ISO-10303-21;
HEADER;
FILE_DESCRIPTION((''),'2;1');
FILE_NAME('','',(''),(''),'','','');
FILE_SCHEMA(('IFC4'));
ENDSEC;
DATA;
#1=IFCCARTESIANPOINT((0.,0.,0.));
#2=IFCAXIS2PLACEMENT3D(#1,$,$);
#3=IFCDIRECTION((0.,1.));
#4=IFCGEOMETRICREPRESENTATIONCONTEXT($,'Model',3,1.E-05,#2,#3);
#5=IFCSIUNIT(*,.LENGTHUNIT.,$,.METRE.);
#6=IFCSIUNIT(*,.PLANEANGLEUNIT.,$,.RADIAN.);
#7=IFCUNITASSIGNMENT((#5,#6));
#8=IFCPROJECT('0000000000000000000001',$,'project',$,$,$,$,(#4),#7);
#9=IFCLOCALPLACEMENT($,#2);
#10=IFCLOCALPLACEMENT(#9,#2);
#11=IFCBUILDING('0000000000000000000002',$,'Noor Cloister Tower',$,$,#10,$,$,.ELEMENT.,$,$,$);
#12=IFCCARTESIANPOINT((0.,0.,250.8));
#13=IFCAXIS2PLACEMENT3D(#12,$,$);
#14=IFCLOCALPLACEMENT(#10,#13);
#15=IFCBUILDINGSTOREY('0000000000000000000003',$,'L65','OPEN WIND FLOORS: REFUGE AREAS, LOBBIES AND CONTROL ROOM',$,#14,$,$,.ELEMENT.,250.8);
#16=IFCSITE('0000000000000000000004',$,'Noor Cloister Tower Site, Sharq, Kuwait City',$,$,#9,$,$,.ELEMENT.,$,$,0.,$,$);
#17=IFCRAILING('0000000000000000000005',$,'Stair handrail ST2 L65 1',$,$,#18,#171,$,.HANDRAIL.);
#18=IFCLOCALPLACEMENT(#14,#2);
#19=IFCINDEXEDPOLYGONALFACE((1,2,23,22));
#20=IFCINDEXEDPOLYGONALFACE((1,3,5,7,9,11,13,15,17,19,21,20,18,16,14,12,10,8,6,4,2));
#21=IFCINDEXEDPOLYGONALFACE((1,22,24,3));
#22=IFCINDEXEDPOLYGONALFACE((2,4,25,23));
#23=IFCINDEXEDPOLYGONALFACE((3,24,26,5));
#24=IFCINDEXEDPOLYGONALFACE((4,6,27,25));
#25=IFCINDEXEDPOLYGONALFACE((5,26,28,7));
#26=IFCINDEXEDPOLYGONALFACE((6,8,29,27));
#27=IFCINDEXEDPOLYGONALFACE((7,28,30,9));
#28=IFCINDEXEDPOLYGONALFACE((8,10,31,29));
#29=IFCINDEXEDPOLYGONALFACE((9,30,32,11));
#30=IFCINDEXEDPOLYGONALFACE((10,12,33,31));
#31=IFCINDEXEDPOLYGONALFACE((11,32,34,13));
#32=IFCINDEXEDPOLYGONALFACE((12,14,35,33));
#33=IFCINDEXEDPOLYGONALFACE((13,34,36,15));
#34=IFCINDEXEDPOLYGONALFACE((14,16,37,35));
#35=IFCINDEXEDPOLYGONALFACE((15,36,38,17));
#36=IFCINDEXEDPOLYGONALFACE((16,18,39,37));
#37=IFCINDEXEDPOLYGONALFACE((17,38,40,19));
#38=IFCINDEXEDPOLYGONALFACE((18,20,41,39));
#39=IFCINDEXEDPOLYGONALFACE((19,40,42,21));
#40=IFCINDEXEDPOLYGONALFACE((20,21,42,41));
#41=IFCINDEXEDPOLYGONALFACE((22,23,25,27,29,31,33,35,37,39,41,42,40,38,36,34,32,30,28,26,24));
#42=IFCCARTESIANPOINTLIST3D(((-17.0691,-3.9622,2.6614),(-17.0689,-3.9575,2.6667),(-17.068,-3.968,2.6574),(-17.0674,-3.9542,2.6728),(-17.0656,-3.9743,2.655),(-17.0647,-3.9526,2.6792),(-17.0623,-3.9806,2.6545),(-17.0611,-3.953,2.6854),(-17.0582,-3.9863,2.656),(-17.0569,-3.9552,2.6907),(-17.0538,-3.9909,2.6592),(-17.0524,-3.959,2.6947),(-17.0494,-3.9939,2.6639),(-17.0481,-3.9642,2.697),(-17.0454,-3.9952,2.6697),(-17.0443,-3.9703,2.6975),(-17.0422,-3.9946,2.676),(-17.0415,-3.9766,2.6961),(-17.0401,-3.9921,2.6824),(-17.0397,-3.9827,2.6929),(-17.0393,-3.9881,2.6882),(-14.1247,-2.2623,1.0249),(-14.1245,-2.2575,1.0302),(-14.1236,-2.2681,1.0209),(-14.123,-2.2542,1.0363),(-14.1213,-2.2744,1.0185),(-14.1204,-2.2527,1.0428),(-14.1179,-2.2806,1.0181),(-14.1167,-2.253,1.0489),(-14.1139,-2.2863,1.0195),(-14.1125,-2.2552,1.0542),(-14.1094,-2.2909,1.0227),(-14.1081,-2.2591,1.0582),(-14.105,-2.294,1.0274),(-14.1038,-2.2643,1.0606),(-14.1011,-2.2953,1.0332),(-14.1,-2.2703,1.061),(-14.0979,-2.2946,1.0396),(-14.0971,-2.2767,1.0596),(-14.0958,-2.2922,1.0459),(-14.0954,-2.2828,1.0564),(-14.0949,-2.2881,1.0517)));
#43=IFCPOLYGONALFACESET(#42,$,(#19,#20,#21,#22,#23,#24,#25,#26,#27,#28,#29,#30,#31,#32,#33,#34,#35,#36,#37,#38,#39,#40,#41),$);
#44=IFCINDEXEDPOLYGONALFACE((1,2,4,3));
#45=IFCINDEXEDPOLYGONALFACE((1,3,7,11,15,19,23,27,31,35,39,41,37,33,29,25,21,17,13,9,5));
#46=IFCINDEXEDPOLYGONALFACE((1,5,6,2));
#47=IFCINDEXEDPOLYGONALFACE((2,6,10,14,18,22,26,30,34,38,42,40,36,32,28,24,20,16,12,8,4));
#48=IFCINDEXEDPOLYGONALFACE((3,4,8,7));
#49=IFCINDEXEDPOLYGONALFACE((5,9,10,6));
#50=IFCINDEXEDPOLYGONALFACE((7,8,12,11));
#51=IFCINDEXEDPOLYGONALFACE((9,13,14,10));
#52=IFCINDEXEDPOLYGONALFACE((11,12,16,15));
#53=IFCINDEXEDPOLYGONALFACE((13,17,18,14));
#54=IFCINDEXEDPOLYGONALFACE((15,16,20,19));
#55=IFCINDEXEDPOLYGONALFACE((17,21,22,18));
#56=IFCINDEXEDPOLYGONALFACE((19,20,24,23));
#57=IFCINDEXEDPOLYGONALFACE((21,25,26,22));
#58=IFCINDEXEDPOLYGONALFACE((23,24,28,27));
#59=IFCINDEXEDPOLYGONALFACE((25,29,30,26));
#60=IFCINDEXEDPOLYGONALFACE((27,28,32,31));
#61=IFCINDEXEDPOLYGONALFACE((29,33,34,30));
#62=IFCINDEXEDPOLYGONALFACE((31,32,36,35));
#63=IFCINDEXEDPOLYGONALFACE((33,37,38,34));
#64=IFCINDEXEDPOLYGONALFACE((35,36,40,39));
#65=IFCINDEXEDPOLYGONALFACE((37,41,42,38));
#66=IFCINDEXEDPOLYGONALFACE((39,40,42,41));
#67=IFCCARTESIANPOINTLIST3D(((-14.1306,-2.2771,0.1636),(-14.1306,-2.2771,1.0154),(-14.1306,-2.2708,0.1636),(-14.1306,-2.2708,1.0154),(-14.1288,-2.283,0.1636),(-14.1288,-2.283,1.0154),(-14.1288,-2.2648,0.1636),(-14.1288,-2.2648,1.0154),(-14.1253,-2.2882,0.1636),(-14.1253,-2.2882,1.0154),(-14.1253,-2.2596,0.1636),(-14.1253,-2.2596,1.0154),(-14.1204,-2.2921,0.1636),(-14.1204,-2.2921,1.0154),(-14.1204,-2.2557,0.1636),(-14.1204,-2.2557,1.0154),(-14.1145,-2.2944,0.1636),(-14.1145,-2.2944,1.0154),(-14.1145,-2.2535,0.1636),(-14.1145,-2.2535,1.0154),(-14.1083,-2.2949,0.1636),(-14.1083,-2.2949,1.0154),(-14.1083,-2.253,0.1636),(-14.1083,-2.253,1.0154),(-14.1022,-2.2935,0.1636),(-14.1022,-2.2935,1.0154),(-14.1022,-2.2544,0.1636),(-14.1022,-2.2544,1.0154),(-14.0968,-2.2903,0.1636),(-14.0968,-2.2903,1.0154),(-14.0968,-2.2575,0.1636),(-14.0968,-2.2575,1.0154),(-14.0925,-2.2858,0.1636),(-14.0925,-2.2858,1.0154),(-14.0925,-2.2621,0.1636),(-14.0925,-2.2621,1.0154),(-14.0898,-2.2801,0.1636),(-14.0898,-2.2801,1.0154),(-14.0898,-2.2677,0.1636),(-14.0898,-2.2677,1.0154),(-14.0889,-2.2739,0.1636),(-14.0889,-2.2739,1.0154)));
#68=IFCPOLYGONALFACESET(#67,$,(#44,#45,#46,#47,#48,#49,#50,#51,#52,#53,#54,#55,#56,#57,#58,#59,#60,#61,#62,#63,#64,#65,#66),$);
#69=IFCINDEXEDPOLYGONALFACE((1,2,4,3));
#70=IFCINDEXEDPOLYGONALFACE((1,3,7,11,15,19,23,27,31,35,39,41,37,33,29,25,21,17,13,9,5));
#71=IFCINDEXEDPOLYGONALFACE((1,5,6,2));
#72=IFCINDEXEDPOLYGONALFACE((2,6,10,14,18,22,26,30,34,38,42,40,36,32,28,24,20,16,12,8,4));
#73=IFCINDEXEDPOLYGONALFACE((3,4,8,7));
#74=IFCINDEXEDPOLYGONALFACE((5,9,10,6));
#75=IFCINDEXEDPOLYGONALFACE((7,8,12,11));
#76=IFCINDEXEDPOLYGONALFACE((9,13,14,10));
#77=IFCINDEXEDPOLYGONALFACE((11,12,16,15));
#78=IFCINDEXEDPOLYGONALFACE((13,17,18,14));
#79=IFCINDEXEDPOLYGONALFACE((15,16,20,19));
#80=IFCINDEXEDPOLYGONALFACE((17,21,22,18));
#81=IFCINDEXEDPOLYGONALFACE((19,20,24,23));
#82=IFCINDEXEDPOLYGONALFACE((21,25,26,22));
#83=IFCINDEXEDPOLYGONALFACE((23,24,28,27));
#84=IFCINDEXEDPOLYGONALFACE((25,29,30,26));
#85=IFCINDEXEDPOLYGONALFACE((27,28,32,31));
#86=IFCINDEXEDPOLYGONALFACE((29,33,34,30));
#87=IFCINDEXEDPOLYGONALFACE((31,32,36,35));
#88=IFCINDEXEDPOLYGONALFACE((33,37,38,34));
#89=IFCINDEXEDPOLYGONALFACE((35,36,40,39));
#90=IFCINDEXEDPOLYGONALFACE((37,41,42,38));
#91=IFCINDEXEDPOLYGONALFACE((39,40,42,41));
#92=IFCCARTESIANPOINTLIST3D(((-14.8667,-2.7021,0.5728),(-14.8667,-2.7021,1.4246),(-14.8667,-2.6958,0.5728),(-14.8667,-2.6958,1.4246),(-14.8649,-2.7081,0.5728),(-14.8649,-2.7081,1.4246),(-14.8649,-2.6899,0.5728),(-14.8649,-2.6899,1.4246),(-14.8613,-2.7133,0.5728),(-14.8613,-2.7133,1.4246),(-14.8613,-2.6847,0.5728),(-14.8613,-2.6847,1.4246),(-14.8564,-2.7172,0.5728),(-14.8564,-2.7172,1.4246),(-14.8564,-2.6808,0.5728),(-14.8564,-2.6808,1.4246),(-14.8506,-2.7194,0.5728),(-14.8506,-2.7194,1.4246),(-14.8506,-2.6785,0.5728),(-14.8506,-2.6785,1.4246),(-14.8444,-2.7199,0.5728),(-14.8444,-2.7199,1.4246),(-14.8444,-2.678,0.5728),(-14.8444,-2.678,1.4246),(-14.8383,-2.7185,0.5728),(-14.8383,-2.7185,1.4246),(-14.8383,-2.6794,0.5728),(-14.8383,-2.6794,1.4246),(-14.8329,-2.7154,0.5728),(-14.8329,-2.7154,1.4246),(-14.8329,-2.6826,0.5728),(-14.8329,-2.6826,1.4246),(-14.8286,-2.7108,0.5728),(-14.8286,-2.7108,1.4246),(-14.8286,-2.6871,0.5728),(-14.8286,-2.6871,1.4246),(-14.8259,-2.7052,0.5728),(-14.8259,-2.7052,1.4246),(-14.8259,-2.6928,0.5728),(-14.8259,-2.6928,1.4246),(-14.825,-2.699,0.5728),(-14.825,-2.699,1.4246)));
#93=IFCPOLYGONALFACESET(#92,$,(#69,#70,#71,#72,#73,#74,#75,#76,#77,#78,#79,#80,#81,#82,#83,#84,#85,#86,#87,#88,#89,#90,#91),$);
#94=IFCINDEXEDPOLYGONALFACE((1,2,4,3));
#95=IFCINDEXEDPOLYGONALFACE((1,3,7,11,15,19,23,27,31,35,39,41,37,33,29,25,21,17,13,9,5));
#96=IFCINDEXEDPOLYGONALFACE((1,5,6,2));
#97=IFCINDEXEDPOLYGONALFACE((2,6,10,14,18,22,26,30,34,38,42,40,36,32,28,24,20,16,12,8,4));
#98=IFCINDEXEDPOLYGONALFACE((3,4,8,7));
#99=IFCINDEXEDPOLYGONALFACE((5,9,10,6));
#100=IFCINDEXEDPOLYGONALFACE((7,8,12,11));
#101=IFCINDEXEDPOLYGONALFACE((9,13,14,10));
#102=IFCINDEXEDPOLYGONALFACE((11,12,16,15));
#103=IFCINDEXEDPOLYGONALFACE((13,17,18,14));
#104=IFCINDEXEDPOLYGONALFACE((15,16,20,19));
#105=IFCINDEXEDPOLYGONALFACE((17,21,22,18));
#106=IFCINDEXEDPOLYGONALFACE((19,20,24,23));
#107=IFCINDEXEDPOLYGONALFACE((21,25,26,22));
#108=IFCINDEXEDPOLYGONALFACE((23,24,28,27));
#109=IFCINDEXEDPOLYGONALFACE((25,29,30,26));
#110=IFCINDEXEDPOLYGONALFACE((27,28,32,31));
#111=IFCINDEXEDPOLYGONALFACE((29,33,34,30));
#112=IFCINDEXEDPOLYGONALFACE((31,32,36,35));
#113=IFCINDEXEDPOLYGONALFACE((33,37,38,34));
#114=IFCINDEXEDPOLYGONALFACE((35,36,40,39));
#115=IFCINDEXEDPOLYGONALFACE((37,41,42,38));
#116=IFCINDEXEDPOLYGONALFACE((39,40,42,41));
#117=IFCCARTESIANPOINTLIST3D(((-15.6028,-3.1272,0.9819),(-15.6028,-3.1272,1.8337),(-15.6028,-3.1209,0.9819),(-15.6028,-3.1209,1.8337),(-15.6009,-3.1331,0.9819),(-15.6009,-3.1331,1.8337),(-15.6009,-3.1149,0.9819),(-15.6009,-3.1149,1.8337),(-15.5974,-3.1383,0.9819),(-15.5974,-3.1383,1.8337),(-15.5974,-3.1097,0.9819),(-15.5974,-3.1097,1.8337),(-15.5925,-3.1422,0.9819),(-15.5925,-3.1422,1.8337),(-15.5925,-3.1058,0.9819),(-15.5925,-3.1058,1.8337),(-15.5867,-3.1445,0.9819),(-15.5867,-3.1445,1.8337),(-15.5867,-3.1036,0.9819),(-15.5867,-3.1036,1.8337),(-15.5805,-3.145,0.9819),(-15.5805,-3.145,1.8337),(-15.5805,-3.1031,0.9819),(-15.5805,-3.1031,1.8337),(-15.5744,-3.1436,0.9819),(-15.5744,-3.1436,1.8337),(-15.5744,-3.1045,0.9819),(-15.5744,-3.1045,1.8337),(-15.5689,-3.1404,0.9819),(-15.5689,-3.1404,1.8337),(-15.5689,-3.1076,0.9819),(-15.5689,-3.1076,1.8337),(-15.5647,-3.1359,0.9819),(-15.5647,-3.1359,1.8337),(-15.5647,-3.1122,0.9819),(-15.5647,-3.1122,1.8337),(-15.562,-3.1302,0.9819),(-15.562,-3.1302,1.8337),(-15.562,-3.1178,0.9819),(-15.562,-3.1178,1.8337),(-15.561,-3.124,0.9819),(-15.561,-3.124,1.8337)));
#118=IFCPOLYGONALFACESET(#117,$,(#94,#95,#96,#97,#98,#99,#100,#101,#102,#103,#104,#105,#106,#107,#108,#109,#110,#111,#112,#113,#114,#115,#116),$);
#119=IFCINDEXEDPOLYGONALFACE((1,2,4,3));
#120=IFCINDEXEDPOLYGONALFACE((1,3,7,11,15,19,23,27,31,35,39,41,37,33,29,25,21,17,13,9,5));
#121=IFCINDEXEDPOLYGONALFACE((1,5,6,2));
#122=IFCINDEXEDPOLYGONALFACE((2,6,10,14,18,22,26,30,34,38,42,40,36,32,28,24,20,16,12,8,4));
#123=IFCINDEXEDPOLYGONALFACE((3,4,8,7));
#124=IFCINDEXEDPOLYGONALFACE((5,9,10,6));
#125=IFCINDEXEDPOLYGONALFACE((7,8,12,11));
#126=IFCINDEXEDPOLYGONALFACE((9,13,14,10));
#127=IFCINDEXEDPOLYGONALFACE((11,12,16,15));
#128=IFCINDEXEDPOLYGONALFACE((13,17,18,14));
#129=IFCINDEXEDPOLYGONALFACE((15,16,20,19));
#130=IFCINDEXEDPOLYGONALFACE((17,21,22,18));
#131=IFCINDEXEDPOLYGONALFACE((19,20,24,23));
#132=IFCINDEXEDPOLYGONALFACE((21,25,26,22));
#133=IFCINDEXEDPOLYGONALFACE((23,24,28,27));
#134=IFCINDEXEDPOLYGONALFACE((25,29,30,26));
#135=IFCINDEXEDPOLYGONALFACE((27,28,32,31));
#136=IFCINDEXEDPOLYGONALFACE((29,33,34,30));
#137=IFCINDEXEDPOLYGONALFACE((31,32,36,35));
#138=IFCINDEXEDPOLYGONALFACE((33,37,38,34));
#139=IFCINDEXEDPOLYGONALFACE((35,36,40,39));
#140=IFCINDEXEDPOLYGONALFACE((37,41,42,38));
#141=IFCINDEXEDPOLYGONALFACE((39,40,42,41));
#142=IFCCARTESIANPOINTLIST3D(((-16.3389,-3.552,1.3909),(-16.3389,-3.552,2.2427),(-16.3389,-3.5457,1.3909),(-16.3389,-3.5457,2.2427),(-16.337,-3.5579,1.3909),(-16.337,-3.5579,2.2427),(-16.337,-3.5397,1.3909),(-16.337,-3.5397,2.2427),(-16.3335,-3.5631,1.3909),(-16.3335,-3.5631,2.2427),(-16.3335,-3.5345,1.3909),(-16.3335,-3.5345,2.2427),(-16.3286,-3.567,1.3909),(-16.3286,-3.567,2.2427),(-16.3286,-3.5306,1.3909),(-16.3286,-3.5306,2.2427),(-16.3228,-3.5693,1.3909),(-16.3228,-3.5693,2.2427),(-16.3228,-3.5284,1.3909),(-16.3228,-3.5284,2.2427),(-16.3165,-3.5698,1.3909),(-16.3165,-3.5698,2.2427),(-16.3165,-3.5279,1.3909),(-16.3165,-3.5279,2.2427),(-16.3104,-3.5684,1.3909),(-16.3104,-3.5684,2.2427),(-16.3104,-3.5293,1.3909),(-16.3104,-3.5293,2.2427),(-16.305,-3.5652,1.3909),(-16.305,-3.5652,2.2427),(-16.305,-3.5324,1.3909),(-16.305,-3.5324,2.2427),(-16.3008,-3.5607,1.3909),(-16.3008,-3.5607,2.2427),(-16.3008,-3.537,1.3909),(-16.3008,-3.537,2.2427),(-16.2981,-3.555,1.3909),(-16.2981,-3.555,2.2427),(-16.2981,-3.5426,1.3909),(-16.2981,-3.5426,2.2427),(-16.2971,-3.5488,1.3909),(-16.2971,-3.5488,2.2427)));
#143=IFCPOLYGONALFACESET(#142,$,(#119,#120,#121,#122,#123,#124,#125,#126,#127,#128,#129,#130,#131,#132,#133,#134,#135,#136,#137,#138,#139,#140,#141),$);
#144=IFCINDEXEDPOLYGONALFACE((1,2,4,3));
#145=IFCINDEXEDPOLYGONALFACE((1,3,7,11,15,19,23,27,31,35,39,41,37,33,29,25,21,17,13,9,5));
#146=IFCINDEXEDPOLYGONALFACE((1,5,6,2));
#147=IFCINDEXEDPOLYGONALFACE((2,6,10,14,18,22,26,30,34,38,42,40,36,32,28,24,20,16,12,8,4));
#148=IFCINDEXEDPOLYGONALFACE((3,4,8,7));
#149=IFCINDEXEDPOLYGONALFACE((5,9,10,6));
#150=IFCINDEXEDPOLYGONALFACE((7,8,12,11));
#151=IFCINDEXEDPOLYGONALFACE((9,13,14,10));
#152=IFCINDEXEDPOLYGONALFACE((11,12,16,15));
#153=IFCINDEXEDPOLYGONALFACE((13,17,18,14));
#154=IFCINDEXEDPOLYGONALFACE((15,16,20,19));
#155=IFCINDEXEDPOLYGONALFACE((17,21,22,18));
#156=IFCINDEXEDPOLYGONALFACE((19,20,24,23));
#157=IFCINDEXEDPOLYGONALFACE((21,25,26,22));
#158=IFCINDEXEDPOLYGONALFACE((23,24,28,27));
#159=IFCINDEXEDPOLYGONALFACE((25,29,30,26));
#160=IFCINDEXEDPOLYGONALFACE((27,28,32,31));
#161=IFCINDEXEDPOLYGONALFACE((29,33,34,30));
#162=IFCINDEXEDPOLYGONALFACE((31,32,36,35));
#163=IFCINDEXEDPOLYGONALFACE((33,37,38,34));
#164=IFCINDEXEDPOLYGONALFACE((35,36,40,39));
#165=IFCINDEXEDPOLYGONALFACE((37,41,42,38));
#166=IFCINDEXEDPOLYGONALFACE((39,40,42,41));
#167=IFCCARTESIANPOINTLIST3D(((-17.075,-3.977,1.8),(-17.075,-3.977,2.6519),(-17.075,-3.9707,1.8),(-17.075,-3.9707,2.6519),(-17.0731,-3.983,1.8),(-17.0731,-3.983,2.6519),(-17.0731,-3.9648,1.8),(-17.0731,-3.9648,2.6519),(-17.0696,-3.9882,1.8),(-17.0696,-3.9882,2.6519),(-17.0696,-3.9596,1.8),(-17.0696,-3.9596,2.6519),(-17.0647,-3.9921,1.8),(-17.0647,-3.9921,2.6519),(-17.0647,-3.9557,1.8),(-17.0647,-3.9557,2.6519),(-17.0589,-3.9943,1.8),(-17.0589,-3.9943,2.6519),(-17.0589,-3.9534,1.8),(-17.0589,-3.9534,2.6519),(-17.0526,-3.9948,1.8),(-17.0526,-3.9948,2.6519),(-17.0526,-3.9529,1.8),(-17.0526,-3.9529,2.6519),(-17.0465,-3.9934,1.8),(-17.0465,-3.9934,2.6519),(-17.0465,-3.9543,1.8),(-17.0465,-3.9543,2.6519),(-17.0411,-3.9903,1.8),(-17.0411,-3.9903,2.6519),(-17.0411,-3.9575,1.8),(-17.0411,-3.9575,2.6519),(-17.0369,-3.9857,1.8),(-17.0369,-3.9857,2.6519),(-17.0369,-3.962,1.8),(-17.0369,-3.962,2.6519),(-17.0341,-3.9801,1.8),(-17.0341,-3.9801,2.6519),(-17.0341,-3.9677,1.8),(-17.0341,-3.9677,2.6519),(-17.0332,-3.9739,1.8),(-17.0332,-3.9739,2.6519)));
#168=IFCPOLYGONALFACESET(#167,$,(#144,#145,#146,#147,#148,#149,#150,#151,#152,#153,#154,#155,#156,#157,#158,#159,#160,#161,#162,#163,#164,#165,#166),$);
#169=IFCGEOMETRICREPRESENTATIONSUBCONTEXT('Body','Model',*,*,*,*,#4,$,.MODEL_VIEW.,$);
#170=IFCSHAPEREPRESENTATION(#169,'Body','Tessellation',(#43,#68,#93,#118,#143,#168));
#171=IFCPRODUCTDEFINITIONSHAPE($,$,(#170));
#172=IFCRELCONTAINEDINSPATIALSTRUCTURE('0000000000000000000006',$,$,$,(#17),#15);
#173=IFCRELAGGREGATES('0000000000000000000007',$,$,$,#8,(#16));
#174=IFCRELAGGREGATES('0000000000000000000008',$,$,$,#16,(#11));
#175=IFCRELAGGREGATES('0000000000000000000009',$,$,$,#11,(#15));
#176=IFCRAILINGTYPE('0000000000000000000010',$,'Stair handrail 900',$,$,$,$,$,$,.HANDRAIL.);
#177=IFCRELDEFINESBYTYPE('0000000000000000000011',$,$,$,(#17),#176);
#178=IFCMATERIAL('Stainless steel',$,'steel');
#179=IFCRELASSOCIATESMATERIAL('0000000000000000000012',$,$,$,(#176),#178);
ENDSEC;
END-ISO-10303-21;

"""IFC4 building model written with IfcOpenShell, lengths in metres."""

from ifc_helpers import new_model, si_unit, direction, frame, origin, origin_2d, place, context, subcontext, project, spatial, circle, extrude, material, type_object, element, save


model = new_model("IFC4")

# Units and contexts
model_context = context("Model", 3, precision=1e-05, world=origin(), true_north=direction((0.0, 1.0)))
body_context = subcontext(model_context, "Body", "Model", "MODEL_VIEW")
ifc_project = project(units=[si_unit("LENGTHUNIT", "METRE"), si_unit("PLANEANGLEUNIT", "RADIAN")], contexts=[model_context])

# Site, building, storey
site_placement = place(None, origin())
site = spatial("IfcSite", under=ifc_project, at=site_placement, Name="Noor Cloister Tower Site, Sharq, Kuwait City", CompositionType="ELEMENT", RefElevation=0.0)
building_placement = place(site_placement, origin())
building = spatial("IfcBuilding", under=site, at=building_placement, Name="Noor Cloister Tower", CompositionType="ELEMENT")
storey_placement = place(building_placement, frame((0.0, 0.0, 250.8)))
storey = spatial("IfcBuildingStorey", under=building, at=storey_placement, Name="L65", Description="OPEN WIND FLOORS: REFUGE AREAS, LOBBIES AND CONTROL ROOM", CompositionType="ELEMENT", Elevation=250.8)

# Railing
ifc_material_1 = material(Name="Stainless steel", Category="steel")
railing_type_1 = type_object("IfcRailingType", Name="Stair handrail 900", PredefinedType="HANDRAIL", material=ifc_material_1)
railing_1_placement = place(storey_placement, frame((-14.1099, -2.2739, 0.1636)))
element("IfcRailing", 1, at=railing_1_placement, inside=storey, type_object=railing_type_1, Name="Stair handrail ST2 L65 1", PredefinedType="HANDRAIL", context=body_context, shape_type="SweptSolid", body=[
    extrude(circle(Radius=0.0239, at=origin_2d()), frame((0.0, 0.0, 0.876), z_axis=(-0.78033, -0.450534, 0.433711), x_axis=(0.500008, -0.866021, 0.0)), (0.0, 0.0, 1.0), 3.7732),
    extrude(circle(Radius=0.021, at=origin_2d()), origin(), (0.0, 0.0, 1.0), 0.8518),
    extrude(circle(Radius=0.021, at=origin_2d()), frame((-0.7361, -0.425, 0.4092)), (0.0, 0.0, 1.0), 0.8518),
    extrude(circle(Radius=0.021, at=origin_2d()), frame((-1.4722, -0.8501, 0.8184)), (0.0, 0.0, 1.0), 0.8518),
    extrude(circle(Radius=0.021, at=origin_2d()), frame((-2.2083, -1.2749, 1.2273)), (0.0, 0.0, 1.0), 0.8518),
    extrude(circle(Radius=0.021, at=origin_2d()), frame((-2.9443, -1.7, 1.6365)), (0.0, 0.0, 1.0), 0.8518),
])

save(model, "model.ifc")
